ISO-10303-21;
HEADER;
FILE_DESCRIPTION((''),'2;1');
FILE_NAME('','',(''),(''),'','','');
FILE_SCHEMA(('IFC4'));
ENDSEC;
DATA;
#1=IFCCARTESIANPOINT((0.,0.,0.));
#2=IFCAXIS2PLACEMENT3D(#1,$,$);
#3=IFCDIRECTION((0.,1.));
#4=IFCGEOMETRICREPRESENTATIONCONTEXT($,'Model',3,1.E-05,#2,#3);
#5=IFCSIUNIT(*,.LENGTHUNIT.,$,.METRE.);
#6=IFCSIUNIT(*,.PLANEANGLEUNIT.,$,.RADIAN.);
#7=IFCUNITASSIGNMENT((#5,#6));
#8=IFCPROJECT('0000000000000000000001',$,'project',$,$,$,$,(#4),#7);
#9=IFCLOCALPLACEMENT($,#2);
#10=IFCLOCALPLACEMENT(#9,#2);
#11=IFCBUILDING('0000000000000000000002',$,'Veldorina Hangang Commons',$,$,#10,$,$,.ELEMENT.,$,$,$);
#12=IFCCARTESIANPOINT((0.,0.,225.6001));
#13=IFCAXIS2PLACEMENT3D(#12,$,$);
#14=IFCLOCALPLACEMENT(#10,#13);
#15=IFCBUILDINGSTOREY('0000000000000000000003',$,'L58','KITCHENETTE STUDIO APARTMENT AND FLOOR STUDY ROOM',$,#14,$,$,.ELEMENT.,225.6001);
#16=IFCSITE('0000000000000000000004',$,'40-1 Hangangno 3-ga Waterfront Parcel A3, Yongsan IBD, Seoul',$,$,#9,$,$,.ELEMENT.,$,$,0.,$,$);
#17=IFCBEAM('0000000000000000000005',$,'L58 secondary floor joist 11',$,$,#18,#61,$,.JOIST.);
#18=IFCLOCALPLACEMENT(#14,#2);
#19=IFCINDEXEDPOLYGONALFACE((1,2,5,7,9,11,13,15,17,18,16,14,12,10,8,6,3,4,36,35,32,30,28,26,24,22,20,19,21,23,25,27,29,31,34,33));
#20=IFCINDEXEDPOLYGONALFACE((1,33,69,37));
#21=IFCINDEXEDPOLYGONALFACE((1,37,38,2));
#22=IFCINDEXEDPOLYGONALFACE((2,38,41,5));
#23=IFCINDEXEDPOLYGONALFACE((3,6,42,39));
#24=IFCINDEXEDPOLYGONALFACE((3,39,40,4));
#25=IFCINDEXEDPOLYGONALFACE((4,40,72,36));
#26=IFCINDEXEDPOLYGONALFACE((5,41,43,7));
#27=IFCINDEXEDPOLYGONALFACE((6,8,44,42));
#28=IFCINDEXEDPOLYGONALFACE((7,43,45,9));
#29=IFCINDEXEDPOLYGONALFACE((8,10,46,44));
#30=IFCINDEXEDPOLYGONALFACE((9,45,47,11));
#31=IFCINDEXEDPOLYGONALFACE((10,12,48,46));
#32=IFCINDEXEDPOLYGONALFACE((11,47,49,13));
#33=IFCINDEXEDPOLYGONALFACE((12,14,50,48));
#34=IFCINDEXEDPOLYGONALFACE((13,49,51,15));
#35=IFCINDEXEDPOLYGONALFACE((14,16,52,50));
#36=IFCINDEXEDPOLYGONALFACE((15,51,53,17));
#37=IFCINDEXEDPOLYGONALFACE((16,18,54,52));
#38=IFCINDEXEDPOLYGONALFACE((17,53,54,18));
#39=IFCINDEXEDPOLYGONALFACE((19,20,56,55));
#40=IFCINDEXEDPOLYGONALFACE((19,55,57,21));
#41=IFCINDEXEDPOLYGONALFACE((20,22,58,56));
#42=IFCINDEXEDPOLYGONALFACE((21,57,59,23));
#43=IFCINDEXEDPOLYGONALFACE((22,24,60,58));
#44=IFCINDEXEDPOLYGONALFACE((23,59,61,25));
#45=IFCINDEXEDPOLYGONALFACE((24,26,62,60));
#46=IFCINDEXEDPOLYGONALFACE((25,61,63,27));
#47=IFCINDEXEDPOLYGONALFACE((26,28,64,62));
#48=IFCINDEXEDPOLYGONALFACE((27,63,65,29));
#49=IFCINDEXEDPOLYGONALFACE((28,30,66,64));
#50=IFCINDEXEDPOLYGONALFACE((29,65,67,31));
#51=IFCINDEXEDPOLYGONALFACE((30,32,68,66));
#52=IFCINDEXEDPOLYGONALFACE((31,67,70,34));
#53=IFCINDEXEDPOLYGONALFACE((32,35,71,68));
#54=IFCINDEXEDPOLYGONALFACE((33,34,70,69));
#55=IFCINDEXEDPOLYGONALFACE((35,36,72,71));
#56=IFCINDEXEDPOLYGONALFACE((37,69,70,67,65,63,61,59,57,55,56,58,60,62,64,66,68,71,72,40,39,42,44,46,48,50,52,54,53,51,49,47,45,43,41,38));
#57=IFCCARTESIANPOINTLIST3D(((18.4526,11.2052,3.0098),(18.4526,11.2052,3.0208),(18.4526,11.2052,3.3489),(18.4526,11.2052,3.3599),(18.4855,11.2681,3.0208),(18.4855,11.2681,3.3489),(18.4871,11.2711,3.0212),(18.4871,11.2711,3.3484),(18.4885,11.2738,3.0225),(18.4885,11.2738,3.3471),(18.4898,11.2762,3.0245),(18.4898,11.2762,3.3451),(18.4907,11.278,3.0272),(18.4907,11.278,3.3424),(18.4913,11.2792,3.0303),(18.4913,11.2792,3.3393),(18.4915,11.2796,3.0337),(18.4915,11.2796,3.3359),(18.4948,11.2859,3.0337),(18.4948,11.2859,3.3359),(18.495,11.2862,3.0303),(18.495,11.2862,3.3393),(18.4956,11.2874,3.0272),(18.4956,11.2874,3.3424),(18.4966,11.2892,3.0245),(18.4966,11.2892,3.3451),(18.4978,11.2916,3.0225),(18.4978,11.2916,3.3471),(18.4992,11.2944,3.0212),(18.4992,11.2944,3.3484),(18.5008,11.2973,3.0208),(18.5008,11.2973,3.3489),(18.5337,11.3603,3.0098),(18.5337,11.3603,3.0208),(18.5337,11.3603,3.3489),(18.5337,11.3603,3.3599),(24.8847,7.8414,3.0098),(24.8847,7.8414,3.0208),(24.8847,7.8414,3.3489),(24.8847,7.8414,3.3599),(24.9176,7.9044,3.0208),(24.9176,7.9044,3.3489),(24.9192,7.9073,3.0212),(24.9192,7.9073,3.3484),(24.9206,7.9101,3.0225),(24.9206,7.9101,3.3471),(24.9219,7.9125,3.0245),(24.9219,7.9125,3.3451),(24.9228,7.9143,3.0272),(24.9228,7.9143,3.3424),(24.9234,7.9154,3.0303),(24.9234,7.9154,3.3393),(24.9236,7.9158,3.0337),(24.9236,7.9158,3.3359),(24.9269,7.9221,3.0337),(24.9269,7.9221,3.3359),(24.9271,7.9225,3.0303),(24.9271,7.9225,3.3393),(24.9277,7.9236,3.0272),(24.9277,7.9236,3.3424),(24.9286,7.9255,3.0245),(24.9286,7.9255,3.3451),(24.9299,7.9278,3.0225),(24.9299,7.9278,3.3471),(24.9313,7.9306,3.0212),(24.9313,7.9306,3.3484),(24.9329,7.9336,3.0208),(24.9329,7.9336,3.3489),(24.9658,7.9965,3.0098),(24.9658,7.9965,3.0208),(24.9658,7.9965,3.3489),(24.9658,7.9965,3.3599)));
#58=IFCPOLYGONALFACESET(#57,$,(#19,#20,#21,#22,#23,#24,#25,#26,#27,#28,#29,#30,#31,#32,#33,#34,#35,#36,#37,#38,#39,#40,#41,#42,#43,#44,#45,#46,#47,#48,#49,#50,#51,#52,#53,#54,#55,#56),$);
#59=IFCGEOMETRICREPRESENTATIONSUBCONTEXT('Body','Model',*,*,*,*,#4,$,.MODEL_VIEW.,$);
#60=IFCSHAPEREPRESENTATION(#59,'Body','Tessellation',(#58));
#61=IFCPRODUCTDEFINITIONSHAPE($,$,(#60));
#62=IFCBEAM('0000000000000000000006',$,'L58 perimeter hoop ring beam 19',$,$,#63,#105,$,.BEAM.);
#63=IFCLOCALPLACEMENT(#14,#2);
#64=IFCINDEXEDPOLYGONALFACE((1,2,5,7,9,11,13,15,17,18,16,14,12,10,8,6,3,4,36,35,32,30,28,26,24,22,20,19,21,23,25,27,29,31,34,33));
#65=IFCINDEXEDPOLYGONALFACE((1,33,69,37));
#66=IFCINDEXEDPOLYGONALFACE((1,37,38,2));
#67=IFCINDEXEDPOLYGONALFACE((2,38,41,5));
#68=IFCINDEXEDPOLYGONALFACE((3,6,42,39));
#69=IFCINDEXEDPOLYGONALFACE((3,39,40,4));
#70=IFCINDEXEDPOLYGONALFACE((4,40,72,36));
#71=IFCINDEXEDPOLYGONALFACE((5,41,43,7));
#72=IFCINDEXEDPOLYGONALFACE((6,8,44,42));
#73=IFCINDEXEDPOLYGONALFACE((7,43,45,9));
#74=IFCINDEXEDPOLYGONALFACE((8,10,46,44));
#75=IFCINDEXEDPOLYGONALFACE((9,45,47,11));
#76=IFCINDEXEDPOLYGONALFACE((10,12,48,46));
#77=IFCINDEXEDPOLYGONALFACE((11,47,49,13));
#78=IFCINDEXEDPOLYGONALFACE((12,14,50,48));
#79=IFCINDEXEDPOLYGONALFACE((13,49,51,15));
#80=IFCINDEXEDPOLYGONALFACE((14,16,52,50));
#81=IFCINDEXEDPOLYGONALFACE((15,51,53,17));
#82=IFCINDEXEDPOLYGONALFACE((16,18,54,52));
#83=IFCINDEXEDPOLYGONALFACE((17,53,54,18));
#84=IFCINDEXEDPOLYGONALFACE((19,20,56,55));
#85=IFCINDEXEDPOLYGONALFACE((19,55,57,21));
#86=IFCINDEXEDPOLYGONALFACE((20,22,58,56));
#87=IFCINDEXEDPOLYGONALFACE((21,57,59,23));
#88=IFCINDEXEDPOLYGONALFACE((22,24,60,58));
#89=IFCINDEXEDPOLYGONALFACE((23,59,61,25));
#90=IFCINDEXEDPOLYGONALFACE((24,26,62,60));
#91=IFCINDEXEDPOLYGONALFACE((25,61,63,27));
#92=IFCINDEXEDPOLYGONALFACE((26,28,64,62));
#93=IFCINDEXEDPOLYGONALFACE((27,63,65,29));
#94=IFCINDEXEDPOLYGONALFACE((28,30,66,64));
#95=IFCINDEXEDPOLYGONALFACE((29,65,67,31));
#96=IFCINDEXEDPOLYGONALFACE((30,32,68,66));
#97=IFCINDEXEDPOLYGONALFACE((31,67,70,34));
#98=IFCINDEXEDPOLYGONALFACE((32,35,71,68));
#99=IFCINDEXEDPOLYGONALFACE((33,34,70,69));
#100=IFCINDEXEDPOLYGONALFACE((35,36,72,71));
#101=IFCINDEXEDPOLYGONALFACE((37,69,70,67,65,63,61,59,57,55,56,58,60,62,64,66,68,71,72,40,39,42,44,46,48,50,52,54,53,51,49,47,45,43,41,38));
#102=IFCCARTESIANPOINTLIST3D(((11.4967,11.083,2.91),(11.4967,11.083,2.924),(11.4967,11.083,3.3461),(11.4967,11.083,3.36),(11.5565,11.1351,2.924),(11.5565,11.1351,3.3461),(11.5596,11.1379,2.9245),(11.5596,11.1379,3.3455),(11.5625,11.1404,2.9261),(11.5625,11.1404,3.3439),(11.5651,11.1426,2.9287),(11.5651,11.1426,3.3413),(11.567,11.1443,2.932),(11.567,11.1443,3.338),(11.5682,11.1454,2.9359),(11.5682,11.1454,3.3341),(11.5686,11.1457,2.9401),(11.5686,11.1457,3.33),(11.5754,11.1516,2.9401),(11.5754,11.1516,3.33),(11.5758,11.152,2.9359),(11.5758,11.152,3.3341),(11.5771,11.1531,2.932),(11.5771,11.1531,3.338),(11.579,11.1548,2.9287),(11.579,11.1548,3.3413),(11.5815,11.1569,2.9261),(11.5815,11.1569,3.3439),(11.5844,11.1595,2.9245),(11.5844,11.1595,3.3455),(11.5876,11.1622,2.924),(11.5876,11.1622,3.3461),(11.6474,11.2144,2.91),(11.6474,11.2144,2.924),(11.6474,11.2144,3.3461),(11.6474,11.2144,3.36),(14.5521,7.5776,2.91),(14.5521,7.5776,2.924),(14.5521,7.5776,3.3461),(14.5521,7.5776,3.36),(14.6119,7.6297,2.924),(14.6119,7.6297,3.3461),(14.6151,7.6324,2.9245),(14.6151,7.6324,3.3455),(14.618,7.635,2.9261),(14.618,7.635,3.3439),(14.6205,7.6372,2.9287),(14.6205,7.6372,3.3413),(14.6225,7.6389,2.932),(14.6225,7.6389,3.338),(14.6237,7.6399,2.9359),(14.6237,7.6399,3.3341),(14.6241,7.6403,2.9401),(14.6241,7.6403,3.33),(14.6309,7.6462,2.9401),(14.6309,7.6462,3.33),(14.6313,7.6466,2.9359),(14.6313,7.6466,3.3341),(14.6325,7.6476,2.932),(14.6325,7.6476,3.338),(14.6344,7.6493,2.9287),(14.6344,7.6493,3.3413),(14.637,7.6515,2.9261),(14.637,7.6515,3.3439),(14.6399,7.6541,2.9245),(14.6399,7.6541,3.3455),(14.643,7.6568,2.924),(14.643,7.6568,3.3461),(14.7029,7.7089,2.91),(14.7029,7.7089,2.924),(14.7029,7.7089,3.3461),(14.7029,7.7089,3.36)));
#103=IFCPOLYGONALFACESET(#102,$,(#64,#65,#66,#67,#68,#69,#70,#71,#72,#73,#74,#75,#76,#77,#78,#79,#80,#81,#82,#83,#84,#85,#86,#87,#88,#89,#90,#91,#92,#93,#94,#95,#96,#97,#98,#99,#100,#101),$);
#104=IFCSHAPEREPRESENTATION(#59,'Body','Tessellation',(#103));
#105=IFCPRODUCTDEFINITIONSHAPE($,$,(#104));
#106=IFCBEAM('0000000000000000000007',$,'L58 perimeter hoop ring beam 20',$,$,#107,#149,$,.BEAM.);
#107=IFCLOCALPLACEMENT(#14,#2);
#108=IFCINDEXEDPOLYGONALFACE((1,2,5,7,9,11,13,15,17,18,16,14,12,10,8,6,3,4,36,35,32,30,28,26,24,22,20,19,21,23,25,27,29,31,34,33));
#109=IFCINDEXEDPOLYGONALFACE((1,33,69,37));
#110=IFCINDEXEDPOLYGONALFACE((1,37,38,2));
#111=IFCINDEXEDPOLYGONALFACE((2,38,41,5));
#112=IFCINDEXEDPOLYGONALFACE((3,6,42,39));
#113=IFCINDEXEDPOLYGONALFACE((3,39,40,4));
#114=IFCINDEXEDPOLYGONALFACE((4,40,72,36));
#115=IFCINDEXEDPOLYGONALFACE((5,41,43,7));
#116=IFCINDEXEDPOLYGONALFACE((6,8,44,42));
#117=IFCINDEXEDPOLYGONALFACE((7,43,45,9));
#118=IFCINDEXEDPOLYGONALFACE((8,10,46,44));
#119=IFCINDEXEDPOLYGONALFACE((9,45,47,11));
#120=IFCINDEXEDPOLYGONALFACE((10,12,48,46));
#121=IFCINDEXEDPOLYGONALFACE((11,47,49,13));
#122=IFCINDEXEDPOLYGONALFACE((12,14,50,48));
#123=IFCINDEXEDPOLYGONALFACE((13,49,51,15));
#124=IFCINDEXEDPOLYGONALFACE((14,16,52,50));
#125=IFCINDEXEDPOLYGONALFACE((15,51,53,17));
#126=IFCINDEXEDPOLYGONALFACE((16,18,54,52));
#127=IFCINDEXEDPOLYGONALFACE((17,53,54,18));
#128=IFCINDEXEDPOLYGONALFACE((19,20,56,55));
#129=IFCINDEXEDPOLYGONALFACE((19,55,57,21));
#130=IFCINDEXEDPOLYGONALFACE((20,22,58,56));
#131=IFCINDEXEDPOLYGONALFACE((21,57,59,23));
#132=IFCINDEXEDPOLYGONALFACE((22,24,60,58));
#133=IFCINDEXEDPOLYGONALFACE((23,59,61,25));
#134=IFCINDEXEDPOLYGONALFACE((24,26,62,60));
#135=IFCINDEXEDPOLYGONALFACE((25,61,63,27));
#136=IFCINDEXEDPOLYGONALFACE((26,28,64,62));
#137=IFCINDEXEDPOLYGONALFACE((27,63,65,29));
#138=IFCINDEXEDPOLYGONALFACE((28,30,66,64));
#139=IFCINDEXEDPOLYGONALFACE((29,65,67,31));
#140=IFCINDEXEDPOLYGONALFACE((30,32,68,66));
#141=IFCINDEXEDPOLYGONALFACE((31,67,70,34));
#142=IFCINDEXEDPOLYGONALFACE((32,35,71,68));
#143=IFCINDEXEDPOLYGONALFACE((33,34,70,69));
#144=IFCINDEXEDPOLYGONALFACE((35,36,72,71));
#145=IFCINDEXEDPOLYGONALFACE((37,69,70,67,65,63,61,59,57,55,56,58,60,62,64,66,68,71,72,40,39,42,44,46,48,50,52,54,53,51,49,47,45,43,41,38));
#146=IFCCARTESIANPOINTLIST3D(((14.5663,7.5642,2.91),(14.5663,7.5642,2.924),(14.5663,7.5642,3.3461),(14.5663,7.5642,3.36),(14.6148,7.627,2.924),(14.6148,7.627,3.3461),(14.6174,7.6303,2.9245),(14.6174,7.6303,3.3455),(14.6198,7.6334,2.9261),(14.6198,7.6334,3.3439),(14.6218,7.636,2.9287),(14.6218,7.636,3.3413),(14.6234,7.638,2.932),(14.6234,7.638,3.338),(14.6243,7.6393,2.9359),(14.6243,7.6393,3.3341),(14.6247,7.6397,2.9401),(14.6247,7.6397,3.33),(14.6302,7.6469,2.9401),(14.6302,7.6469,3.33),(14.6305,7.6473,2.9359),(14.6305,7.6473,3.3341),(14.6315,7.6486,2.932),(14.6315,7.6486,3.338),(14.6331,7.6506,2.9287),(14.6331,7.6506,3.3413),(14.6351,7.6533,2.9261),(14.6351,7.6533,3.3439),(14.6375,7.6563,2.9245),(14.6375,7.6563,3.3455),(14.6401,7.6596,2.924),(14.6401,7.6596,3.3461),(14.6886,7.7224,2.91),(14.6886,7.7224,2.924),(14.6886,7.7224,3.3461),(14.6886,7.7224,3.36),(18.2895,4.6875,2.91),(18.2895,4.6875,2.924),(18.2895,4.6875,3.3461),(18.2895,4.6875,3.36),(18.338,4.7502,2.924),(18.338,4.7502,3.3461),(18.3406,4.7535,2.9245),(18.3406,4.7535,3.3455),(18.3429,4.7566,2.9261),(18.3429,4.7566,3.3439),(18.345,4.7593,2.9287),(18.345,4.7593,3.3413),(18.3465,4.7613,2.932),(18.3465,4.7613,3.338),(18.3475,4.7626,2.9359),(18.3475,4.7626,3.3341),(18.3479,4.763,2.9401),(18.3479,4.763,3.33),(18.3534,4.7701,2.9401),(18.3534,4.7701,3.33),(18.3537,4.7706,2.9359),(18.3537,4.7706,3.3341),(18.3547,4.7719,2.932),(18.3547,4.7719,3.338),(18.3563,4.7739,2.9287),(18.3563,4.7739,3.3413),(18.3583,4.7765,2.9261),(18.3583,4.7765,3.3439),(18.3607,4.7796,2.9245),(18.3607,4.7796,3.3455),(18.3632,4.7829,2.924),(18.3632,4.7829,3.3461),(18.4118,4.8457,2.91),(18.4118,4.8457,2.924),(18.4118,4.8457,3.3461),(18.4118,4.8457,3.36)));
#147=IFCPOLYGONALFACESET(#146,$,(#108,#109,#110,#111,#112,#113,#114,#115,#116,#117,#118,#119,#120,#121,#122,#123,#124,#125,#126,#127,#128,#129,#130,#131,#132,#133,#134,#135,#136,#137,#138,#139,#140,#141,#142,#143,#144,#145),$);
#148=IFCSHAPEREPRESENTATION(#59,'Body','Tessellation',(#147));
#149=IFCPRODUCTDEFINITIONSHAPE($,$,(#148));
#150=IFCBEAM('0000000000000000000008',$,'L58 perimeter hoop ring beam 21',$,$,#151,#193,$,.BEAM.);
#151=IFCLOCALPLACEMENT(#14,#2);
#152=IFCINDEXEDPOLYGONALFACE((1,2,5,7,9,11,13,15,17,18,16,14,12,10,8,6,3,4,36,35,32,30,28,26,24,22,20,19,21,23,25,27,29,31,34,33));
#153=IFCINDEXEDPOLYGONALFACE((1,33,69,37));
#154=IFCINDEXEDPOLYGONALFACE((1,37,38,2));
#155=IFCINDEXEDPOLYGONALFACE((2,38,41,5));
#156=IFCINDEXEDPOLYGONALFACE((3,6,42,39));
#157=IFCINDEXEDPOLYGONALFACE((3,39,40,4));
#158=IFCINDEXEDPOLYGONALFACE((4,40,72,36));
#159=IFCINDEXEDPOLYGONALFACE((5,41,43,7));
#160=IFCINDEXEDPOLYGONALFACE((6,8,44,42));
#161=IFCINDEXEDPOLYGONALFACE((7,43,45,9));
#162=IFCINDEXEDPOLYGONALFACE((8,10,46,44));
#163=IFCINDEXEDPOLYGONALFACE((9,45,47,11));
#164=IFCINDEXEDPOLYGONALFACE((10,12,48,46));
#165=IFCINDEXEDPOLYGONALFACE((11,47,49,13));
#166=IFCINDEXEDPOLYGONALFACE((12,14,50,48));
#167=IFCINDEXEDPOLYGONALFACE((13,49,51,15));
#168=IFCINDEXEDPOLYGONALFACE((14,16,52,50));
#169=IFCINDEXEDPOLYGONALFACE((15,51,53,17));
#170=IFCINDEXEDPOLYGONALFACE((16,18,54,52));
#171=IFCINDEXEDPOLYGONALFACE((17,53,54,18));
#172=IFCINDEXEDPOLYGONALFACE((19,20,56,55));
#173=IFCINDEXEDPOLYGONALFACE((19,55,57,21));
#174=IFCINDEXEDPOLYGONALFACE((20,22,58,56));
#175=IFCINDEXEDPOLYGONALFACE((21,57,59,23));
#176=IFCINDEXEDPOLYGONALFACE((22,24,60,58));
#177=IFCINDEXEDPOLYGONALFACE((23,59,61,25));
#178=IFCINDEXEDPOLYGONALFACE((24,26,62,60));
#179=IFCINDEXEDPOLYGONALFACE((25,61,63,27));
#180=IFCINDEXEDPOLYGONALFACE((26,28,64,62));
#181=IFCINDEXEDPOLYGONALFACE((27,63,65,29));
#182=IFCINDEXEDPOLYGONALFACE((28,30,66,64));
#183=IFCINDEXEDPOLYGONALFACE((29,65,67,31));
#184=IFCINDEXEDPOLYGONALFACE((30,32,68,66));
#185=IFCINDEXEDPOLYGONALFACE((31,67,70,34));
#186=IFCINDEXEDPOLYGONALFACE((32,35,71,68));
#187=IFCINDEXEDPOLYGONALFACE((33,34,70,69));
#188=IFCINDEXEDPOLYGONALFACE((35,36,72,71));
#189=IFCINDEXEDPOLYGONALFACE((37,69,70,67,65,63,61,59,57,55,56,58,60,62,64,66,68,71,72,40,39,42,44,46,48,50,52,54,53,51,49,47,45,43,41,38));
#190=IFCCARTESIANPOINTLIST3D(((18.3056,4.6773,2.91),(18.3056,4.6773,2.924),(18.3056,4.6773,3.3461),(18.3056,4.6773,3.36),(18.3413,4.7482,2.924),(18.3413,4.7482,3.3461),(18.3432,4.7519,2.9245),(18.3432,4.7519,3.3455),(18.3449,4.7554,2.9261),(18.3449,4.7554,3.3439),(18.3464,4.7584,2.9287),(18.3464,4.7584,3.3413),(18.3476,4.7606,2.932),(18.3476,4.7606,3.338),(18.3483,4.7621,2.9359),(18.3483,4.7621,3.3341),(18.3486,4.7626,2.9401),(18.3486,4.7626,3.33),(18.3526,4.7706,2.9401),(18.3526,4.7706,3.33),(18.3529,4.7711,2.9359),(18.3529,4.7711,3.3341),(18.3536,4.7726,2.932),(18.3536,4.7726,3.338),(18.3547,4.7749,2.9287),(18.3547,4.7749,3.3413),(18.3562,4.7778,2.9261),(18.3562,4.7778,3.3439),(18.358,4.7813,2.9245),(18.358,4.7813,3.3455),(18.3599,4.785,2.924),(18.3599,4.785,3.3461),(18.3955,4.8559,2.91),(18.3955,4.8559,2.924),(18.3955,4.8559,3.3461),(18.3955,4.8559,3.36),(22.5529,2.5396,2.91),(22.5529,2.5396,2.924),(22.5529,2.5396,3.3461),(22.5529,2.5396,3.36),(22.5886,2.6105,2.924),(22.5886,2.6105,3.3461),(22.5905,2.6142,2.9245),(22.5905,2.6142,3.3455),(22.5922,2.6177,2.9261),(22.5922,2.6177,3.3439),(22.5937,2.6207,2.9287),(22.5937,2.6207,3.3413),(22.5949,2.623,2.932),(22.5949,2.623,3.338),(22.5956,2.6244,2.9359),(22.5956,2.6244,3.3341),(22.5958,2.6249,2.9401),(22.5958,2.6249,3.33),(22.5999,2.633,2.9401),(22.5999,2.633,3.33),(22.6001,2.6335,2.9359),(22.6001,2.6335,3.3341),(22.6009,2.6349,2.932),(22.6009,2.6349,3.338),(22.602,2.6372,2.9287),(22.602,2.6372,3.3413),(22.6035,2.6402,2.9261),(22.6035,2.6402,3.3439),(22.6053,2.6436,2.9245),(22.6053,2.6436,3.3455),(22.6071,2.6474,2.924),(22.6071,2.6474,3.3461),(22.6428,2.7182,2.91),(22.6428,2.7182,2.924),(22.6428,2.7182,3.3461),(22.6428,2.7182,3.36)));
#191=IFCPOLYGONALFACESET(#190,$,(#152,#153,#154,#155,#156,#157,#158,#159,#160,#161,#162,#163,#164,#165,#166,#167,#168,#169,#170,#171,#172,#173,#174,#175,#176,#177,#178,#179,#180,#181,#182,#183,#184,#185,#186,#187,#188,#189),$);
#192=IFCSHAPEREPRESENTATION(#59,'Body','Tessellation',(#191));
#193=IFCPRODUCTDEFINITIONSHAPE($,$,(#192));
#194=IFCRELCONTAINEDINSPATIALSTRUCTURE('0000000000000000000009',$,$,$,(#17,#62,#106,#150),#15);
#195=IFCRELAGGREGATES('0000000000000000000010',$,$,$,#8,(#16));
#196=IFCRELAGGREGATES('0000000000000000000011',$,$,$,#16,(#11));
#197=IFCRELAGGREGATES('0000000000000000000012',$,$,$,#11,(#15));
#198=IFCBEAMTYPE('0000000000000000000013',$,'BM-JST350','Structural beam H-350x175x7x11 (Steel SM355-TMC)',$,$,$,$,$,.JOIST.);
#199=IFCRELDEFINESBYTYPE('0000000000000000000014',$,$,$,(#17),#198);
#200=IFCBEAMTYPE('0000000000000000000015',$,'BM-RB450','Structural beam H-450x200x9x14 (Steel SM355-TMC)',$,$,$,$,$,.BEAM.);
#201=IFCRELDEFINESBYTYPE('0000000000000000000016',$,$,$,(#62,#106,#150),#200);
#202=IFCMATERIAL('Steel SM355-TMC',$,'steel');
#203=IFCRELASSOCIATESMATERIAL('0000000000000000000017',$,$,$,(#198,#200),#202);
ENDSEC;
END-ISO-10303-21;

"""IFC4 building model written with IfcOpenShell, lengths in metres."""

from ifc_helpers import new_model, si_unit, direction, frame, origin, origin_2d, place, context, subcontext, project, spatial, i_section, extrude, material, material_profile, profile_set, type_object, element, save


model = new_model("IFC4")

# Units and contexts
model_context = context("Model", 3, precision=1e-05, world=origin(), true_north=direction((0.0, 1.0)))
body_context = subcontext(model_context, "Body", "Model", "MODEL_VIEW")
ifc_project = project(units=[si_unit("LENGTHUNIT", "METRE"), si_unit("PLANEANGLEUNIT", "RADIAN")], contexts=[model_context])

# Site, building, storey
site_placement = place(None, origin())
site = spatial("IfcSite", under=ifc_project, at=site_placement, Name="40-1 Hangangno 3-ga Waterfront Parcel A3, Yongsan IBD, Seoul", CompositionType="ELEMENT", RefElevation=0.0)
building_placement = place(site_placement, origin())
building = spatial("IfcBuilding", under=site, at=building_placement, Name="Veldorina Hangang Commons", CompositionType="ELEMENT")
storey_placement = place(building_placement, frame((0.0, 0.0, 225.6001)))
storey = spatial("IfcBuildingStorey", under=building, at=storey_placement, Name="L58", Description="KITCHENETTE STUDIO APARTMENT AND FLOOR STUDY ROOM", CompositionType="ELEMENT", Elevation=225.6001)

# Beams
ifc_material_1 = material(Name="Steel SM355-TMC", Category="steel")
ifc_material_profile_1 = material_profile(ifc_material_1, i_section(OverallWidth=0.175, OverallDepth=0.3501, WebThickness=0.0071, FlangeThickness=0.011, FilletRadius=0.0129, at=origin_2d()), Name="H-350x175x7x11")
ifc_profile_set_1 = profile_set([ifc_material_profile_1], Name="Steel SM355-TMC")
beam_type_1 = type_object("IfcBeamType", Name="BM-JST350", Description="Structural beam H-350x175x7x11 (Steel SM355-TMC)", PredefinedType="JOIST", material=ifc_profile_set_1)
beam_1_placement = place(storey_placement, frame((18.4932, 11.2827, 3.1848), z_axis=(0.886139, -0.463419, 0.0), x_axis=(0.463419, 0.886139, 0.0)))
element("IfcBeam", 1, at=beam_1_placement, inside=storey, type_object=beam_type_1, Name="L58 secondary floor joist 11", PredefinedType="JOIST", context=body_context, shape_type="SweptSolid", body=[
    extrude(i_section(OverallWidth=0.175, OverallDepth=0.3501, WebThickness=0.0071, FlangeThickness=0.011, FilletRadius=0.0129, at=origin_2d()), origin(), (0.0, 0.0, 1.0), 7.2585),
])
ifc_material_profile_2 = material_profile(ifc_material_1, i_section(OverallWidth=0.2, OverallDepth=0.45, WebThickness=0.009, FlangeThickness=0.0139, FilletRadius=0.0161, at=origin_2d()), Name="H-450x200x9x14")
ifc_profile_set_2 = profile_set([ifc_material_profile_2], Name="Steel SM355-TMC")
beam_type_2 = type_object("IfcBeamType", Name="BM-RB450", Description="Structural beam H-450x200x9x14 (Steel SM355-TMC)", PredefinedType="BEAM", material=ifc_profile_set_2)
beam_2_placement = place(storey_placement, frame((11.572, 11.1487, 3.135), z_axis=(0.657069, -0.753831, 0.0), x_axis=(0.753831, 0.657069, 0.0)))
element("IfcBeam", 2, at=beam_2_placement, inside=storey, type_object=beam_type_2, Name="L58 perimeter hoop ring beam 19", PredefinedType="BEAM", context=body_context, shape_type="SweptSolid", body=[
    extrude(i_section(OverallWidth=0.2, OverallDepth=0.45, WebThickness=0.009, FlangeThickness=0.0139, FilletRadius=0.0161, at=origin_2d()), origin(), (0.0, 0.0, 1.0), 4.6501),
])
beam_3_placement = place(storey_placement, frame((14.6274, 7.6433, 3.135), z_axis=(0.791312, -0.611412, 0.0), x_axis=(0.611412, 0.791312, 0.0)))
element("IfcBeam", 3, at=beam_3_placement, inside=storey, type_object=beam_type_2, Name="L58 perimeter hoop ring beam 20", PredefinedType="BEAM", context=body_context, shape_type="SweptSolid", body=[
    extrude(i_section(OverallWidth=0.2, OverallDepth=0.45, WebThickness=0.009, FlangeThickness=0.0139, FilletRadius=0.0161, at=origin_2d()), origin(), (0.0, 0.0, 1.0), 4.7051),
])
beam_4_placement = place(storey_placement, frame((18.3506, 4.7666, 3.135), z_axis=(0.893243, -0.449574, 0.0), x_axis=(0.449574, 0.893243, 0.0)))
element("IfcBeam", 4, at=beam_4_placement, inside=storey, type_object=beam_type_2, Name="L58 perimeter hoop ring beam 21", PredefinedType="BEAM", context=body_context, shape_type="SweptSolid", body=[
    extrude(i_section(OverallWidth=0.2, OverallDepth=0.45, WebThickness=0.009, FlangeThickness=0.0139, FilletRadius=0.0161, at=origin_2d()), origin(), (0.0, 0.0, 1.0), 4.7549),
])

save(model, "model.ifc")
